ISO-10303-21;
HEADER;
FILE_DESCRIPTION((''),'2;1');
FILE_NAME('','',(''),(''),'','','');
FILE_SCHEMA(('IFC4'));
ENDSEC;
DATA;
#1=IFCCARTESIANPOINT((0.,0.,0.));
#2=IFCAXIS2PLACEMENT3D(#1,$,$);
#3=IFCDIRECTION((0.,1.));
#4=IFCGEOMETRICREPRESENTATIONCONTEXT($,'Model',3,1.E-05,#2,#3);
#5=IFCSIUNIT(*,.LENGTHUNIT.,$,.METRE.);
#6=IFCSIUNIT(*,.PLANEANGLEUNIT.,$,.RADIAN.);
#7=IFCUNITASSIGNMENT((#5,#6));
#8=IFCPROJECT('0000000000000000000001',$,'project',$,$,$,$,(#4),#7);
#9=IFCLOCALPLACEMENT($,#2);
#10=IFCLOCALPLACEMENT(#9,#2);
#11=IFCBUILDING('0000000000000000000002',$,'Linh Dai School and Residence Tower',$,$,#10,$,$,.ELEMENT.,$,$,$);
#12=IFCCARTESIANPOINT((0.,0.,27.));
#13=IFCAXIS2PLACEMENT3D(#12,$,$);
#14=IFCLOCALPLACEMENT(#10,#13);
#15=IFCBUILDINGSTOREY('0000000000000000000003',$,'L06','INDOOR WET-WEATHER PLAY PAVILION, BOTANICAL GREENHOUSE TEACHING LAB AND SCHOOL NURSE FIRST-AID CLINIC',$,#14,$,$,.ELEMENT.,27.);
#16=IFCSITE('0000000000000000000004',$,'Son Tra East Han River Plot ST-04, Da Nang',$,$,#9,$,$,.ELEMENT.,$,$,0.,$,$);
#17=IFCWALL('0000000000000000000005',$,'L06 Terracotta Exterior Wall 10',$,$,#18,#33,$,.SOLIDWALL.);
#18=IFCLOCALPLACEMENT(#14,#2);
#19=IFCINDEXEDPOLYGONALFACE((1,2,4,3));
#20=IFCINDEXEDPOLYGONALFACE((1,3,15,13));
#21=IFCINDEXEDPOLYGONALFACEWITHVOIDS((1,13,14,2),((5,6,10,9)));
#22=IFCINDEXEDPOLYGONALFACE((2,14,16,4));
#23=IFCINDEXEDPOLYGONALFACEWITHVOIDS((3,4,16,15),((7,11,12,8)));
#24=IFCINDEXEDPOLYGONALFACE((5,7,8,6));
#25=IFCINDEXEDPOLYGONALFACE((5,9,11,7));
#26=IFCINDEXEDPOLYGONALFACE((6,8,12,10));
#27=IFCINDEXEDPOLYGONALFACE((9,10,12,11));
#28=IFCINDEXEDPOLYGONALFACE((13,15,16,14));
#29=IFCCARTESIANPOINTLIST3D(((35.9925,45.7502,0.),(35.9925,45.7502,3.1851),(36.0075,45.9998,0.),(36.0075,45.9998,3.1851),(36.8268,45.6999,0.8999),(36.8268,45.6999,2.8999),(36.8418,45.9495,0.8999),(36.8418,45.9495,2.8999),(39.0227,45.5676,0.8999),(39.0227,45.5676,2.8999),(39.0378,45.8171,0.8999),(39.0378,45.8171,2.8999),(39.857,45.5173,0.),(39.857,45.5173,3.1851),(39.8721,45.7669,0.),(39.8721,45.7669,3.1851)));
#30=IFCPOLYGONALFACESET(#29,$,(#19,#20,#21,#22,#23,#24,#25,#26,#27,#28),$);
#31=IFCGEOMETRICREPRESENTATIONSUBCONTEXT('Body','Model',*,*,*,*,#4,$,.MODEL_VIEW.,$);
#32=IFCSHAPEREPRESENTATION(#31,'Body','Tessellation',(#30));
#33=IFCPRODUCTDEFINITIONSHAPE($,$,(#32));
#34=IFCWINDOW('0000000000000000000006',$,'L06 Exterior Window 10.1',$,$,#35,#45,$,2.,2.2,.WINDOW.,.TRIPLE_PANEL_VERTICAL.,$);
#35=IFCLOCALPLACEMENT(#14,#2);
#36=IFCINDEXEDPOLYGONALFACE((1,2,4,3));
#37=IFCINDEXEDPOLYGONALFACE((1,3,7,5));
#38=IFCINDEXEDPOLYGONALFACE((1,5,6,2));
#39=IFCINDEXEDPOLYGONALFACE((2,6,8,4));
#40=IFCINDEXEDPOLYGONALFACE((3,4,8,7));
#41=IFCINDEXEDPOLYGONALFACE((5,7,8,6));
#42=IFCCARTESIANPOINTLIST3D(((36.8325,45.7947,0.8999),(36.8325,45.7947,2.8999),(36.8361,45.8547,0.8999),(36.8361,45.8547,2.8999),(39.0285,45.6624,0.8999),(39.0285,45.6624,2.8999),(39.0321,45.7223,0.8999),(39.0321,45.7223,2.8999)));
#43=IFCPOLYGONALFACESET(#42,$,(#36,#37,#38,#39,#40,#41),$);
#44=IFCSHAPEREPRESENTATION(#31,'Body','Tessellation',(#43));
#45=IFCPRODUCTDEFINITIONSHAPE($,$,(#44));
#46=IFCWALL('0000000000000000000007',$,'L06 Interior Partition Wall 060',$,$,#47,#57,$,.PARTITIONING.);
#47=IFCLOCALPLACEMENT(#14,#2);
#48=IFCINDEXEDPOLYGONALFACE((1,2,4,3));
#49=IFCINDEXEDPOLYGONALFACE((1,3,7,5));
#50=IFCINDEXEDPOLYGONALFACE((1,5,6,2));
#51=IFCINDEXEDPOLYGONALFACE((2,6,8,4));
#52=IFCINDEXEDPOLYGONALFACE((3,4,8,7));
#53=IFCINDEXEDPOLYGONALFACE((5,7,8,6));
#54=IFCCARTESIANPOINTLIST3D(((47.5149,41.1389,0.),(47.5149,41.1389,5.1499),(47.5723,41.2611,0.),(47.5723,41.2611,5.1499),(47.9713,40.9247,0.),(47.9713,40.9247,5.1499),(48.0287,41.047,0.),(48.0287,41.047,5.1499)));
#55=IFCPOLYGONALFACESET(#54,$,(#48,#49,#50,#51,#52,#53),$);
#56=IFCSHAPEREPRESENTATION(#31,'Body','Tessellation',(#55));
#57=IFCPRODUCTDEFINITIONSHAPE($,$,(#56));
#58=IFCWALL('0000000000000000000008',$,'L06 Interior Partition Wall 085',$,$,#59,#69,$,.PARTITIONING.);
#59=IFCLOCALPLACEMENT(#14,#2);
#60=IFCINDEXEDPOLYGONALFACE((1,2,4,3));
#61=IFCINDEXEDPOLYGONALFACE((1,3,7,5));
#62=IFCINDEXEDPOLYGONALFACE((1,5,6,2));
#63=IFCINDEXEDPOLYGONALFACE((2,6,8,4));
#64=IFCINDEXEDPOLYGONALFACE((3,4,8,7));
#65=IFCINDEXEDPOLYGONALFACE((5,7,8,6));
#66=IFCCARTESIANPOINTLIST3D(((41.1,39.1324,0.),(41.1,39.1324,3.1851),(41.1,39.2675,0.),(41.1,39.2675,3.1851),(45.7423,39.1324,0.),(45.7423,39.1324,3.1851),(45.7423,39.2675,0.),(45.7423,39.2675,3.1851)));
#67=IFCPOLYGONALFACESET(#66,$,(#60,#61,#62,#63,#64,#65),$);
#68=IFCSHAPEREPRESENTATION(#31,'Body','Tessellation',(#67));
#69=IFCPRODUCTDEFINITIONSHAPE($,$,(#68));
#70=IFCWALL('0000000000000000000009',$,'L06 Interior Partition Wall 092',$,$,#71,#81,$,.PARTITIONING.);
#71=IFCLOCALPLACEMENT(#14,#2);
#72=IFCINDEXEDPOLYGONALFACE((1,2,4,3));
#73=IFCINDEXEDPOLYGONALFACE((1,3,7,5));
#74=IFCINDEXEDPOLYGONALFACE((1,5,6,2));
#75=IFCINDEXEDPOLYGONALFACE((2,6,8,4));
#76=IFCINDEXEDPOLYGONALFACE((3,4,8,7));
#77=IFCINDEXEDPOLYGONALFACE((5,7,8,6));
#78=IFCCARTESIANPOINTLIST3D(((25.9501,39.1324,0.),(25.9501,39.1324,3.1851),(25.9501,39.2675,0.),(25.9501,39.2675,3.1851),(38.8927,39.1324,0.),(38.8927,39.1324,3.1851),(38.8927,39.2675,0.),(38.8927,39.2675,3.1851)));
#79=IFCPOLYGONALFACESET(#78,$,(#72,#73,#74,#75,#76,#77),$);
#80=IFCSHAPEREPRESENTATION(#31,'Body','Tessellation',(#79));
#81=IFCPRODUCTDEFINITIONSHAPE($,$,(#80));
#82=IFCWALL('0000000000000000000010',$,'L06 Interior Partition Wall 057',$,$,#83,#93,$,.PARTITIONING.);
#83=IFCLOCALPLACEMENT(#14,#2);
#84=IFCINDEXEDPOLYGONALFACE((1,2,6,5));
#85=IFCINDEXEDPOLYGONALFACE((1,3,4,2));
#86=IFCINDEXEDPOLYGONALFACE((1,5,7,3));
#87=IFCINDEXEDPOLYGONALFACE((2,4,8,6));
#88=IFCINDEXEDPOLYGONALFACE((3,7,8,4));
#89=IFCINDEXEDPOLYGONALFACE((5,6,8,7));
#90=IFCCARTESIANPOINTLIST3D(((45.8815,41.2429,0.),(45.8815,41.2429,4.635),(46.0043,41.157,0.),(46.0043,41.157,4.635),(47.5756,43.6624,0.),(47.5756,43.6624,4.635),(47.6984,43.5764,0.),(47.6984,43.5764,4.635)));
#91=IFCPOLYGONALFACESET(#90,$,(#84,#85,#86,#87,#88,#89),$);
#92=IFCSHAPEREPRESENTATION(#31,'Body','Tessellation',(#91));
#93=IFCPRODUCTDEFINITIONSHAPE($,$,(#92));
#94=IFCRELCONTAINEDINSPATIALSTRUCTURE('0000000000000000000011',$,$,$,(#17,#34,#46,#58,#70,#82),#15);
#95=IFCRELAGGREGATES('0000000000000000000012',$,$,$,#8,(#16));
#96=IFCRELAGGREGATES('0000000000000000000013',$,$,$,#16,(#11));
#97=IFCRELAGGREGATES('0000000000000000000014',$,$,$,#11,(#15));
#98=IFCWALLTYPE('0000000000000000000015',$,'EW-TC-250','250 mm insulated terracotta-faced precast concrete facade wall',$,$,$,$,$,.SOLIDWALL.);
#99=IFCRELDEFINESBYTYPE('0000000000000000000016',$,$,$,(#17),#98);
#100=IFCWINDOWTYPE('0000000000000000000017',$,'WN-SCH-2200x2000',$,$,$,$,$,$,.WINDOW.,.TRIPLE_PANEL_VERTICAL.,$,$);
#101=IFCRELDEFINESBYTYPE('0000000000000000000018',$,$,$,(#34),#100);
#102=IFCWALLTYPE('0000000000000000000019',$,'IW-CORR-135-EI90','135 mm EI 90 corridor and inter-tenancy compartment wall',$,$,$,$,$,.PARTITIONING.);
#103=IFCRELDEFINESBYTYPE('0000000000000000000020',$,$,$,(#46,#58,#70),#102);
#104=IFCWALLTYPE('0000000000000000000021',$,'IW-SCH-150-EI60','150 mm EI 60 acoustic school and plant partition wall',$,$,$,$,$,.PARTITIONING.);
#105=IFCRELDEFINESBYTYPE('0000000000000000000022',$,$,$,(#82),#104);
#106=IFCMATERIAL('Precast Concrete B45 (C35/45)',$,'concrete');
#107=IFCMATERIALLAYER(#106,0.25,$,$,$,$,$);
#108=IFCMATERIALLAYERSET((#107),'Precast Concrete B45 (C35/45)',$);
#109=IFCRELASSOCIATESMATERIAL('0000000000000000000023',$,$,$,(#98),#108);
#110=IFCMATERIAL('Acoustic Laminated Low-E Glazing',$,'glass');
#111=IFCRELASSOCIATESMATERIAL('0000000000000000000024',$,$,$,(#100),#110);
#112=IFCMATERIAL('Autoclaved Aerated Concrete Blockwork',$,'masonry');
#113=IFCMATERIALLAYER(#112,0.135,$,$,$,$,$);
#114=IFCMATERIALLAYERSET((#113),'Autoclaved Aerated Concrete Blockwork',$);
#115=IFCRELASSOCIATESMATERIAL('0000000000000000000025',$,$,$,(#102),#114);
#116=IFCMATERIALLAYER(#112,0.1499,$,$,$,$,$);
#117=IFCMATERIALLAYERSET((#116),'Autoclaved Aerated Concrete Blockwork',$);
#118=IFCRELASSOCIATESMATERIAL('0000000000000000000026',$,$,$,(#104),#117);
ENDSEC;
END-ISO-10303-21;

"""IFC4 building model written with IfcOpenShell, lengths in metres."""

from ifc_helpers import new_model, si_unit, direction, frame, frame_2d, origin, origin_2d, place, context, subcontext, project, spatial, rectangle, extrude, source, transform, mapped, material, layer, layer_set, type_object, element, fill, save


model = new_model("IFC4")

# Units and contexts
model_context = context("Model", 3, precision=1e-05, world=origin(), true_north=direction((0.0, 1.0)))
body_context = subcontext(model_context, "Body", "Model", "MODEL_VIEW")
ifc_project = project(units=[si_unit("LENGTHUNIT", "METRE"), si_unit("PLANEANGLEUNIT", "RADIAN")], contexts=[model_context])

# Site, building, storey
site_placement = place(None, origin())
site = spatial("IfcSite", under=ifc_project, at=site_placement, Name="Son Tra East Han River Plot ST-04, Da Nang", CompositionType="ELEMENT", RefElevation=0.0)
building_placement = place(site_placement, origin())
building = spatial("IfcBuilding", under=site, at=building_placement, Name="Linh Dai School and Residence Tower", CompositionType="ELEMENT")
storey_placement = place(building_placement, frame((0.0, 0.0, 27.0)))
storey = spatial("IfcBuildingStorey", under=building, at=storey_placement, Name="L06", Description="INDOOR WET-WEATHER PLAY PAVILION, BOTANICAL GREENHOUSE TEACHING LAB AND SCHOOL NURSE FIRST-AID CLINIC", CompositionType="ELEMENT", Elevation=27.0)

# Wall, opening, window
ifc_material_1 = material(Name="Precast Concrete B45 (C35/45)", Category="concrete")
ifc_layer_1 = layer(ifc_material_1, 0.25)
ifc_layer_set_1 = layer_set([ifc_layer_1], Name="Precast Concrete B45 (C35/45)")
wall_type_1 = type_object("IfcWallType", Name="EW-TC-250", Description="250 mm insulated terracotta-faced precast concrete facade wall", PredefinedType="SOLIDWALL", material=ifc_layer_set_1)
ifc_material_2 = material(Name="Acoustic Laminated Low-E Glazing", Category="glass")
window_type_1 = type_object("IfcWindowType", Name="WN-SCH-2200x2000", PartitioningType="TRIPLE_PANEL_VERTICAL", PredefinedType="WINDOW", material=ifc_material_2)
shared_shape_1 = source(origin(), body_context, "Body", "SweptSolid", [
    extrude(rectangle(XDim=2.2, YDim=2.0, at=origin_2d()), frame((1.1001, 0.03, 1.0), z_axis=(0.0, -1.0, 0.0), x_axis=(1.0, 0.0, 0.0)), (0.0, 0.0, 1.0), 0.0601),
])
wall_1_placement = place(storey_placement, frame((36.0, 45.875, 0.0), z_axis=(0.0, 0.0, 1.0), x_axis=(0.998189, -0.06016, 0.0)))
wall_1 = element("IfcWall", 1, at=wall_1_placement, inside=storey, type_object=wall_type_1, Name="L06 Terracotta Exterior Wall 10", PredefinedType="SOLIDWALL", context=body_context, shape_type="SweptSolid", body=[
    extrude(rectangle(XDim=3.8716, YDim=0.25, at=frame_2d((1.9358, 0.0))), origin(), (0.0, 0.0, 1.0), 3.1851),
])
opening_1_placement = place(wall_1_placement, frame((0.8357, 0.0, 0.8999)))
opening_1 = element("IfcOpeningElement", 2, at=opening_1_placement, cuts=wall_1, PredefinedType="OPENING", context=body_context, shape_type="SweptSolid", body=[
    extrude(rectangle(XDim=2.2, YDim=2.0, at=origin_2d()), frame((1.1001, 0.135, 1.0), z_axis=(0.0, -1.0, 0.0), x_axis=(1.0, 0.0, 0.0)), (0.0, 0.0, 1.0), 0.27),
])
window_1_placement = place(opening_1_placement, origin())
window_1 = element("IfcWindow", 3, at=window_1_placement, inside=storey, type_object=window_type_1, Name="L06 Exterior Window 10.1", OverallHeight=2.0, OverallWidth=2.2, PartitioningType="TRIPLE_PANEL_VERTICAL", PredefinedType="WINDOW", context=body_context, shape_type="MappedRepresentation", body=[
    mapped(shared_shape_1, transform((0.0, 0.0, 0.0), x_axis=(1.0, 0.0, 0.0), y_axis=(0.0, 1.0, 0.0), z_axis=(0.0, 0.0, 1.0), scale=1.0)),
])
fill(opening_1, window_1)

# Walls
ifc_material_3 = material(Name="Autoclaved Aerated Concrete Blockwork", Category="masonry")
ifc_layer_2 = layer(ifc_material_3, 0.135)
ifc_layer_set_2 = layer_set([ifc_layer_2], Name="Autoclaved Aerated Concrete Blockwork")
wall_type_2 = type_object("IfcWallType", Name="IW-CORR-135-EI90", Description="135 mm EI 90 corridor and inter-tenancy compartment wall", PredefinedType="PARTITIONING", material=ifc_layer_set_2)
wall_2_placement = place(storey_placement, frame((47.5437, 41.2, 0.0), z_axis=(0.0, 0.0, 1.0), x_axis=(0.90529, -0.424794, 0.0)))
element("IfcWall", 4, at=wall_2_placement, inside=storey, type_object=wall_type_2, Name="L06 Interior Partition Wall 060", PredefinedType="PARTITIONING", context=body_context, shape_type="SweptSolid", body=[
    extrude(rectangle(XDim=0.5042, YDim=0.135, at=frame_2d((0.252, 0.0))), origin(), (0.0, 0.0, 1.0), 5.1499),
])
wall_3_placement = place(storey_placement, frame((45.7424, 39.2, 0.0), z_axis=(0.0, 0.0, 1.0), x_axis=(-1.0, 0.0, 0.0)))
element("IfcWall", 5, at=wall_3_placement, inside=storey, type_object=wall_type_2, Name="L06 Interior Partition Wall 085", PredefinedType="PARTITIONING", context=body_context, shape_type="SweptSolid", body=[
    extrude(rectangle(XDim=4.6423, YDim=0.135, at=frame_2d((2.3213, 0.0))), origin(), (0.0, 0.0, 1.0), 3.1851),
])
wall_4_placement = place(storey_placement, frame((38.8926, 39.2, 0.0), z_axis=(0.0, 0.0, 1.0), x_axis=(-1.0, 0.0, 0.0)))
element("IfcWall", 6, at=wall_4_placement, inside=storey, type_object=wall_type_2, Name="L06 Interior Partition Wall 092", PredefinedType="PARTITIONING", context=body_context, shape_type="SweptSolid", body=[
    extrude(rectangle(XDim=12.9426, YDim=0.135, at=frame_2d((6.4712, 0.0))), origin(), (0.0, 0.0, 1.0), 3.1851),
])
ifc_layer_3 = layer(ifc_material_3, 0.1499)
ifc_layer_set_3 = layer_set([ifc_layer_3], Name="Autoclaved Aerated Concrete Blockwork")
wall_type_3 = type_object("IfcWallType", Name="IW-SCH-150-EI60", Description="150 mm EI 60 acoustic school and plant partition wall", PredefinedType="PARTITIONING", material=ifc_layer_set_3)
wall_5_placement = place(storey_placement, frame((45.9429, 41.2, 0.0), z_axis=(0.0, 0.0, 1.0), x_axis=(0.573573, 0.819154, 0.0)))
element("IfcWall", 7, at=wall_5_placement, inside=storey, type_object=wall_type_3, Name="L06 Interior Partition Wall 057", PredefinedType="PARTITIONING", context=body_context, shape_type="SweptSolid", body=[
    extrude(rectangle(XDim=2.9536, YDim=0.1499, at=frame_2d((1.4768, 0.0))), origin(), (0.0, 0.0, 1.0), 4.635),
])

save(model, "model.ifc")
